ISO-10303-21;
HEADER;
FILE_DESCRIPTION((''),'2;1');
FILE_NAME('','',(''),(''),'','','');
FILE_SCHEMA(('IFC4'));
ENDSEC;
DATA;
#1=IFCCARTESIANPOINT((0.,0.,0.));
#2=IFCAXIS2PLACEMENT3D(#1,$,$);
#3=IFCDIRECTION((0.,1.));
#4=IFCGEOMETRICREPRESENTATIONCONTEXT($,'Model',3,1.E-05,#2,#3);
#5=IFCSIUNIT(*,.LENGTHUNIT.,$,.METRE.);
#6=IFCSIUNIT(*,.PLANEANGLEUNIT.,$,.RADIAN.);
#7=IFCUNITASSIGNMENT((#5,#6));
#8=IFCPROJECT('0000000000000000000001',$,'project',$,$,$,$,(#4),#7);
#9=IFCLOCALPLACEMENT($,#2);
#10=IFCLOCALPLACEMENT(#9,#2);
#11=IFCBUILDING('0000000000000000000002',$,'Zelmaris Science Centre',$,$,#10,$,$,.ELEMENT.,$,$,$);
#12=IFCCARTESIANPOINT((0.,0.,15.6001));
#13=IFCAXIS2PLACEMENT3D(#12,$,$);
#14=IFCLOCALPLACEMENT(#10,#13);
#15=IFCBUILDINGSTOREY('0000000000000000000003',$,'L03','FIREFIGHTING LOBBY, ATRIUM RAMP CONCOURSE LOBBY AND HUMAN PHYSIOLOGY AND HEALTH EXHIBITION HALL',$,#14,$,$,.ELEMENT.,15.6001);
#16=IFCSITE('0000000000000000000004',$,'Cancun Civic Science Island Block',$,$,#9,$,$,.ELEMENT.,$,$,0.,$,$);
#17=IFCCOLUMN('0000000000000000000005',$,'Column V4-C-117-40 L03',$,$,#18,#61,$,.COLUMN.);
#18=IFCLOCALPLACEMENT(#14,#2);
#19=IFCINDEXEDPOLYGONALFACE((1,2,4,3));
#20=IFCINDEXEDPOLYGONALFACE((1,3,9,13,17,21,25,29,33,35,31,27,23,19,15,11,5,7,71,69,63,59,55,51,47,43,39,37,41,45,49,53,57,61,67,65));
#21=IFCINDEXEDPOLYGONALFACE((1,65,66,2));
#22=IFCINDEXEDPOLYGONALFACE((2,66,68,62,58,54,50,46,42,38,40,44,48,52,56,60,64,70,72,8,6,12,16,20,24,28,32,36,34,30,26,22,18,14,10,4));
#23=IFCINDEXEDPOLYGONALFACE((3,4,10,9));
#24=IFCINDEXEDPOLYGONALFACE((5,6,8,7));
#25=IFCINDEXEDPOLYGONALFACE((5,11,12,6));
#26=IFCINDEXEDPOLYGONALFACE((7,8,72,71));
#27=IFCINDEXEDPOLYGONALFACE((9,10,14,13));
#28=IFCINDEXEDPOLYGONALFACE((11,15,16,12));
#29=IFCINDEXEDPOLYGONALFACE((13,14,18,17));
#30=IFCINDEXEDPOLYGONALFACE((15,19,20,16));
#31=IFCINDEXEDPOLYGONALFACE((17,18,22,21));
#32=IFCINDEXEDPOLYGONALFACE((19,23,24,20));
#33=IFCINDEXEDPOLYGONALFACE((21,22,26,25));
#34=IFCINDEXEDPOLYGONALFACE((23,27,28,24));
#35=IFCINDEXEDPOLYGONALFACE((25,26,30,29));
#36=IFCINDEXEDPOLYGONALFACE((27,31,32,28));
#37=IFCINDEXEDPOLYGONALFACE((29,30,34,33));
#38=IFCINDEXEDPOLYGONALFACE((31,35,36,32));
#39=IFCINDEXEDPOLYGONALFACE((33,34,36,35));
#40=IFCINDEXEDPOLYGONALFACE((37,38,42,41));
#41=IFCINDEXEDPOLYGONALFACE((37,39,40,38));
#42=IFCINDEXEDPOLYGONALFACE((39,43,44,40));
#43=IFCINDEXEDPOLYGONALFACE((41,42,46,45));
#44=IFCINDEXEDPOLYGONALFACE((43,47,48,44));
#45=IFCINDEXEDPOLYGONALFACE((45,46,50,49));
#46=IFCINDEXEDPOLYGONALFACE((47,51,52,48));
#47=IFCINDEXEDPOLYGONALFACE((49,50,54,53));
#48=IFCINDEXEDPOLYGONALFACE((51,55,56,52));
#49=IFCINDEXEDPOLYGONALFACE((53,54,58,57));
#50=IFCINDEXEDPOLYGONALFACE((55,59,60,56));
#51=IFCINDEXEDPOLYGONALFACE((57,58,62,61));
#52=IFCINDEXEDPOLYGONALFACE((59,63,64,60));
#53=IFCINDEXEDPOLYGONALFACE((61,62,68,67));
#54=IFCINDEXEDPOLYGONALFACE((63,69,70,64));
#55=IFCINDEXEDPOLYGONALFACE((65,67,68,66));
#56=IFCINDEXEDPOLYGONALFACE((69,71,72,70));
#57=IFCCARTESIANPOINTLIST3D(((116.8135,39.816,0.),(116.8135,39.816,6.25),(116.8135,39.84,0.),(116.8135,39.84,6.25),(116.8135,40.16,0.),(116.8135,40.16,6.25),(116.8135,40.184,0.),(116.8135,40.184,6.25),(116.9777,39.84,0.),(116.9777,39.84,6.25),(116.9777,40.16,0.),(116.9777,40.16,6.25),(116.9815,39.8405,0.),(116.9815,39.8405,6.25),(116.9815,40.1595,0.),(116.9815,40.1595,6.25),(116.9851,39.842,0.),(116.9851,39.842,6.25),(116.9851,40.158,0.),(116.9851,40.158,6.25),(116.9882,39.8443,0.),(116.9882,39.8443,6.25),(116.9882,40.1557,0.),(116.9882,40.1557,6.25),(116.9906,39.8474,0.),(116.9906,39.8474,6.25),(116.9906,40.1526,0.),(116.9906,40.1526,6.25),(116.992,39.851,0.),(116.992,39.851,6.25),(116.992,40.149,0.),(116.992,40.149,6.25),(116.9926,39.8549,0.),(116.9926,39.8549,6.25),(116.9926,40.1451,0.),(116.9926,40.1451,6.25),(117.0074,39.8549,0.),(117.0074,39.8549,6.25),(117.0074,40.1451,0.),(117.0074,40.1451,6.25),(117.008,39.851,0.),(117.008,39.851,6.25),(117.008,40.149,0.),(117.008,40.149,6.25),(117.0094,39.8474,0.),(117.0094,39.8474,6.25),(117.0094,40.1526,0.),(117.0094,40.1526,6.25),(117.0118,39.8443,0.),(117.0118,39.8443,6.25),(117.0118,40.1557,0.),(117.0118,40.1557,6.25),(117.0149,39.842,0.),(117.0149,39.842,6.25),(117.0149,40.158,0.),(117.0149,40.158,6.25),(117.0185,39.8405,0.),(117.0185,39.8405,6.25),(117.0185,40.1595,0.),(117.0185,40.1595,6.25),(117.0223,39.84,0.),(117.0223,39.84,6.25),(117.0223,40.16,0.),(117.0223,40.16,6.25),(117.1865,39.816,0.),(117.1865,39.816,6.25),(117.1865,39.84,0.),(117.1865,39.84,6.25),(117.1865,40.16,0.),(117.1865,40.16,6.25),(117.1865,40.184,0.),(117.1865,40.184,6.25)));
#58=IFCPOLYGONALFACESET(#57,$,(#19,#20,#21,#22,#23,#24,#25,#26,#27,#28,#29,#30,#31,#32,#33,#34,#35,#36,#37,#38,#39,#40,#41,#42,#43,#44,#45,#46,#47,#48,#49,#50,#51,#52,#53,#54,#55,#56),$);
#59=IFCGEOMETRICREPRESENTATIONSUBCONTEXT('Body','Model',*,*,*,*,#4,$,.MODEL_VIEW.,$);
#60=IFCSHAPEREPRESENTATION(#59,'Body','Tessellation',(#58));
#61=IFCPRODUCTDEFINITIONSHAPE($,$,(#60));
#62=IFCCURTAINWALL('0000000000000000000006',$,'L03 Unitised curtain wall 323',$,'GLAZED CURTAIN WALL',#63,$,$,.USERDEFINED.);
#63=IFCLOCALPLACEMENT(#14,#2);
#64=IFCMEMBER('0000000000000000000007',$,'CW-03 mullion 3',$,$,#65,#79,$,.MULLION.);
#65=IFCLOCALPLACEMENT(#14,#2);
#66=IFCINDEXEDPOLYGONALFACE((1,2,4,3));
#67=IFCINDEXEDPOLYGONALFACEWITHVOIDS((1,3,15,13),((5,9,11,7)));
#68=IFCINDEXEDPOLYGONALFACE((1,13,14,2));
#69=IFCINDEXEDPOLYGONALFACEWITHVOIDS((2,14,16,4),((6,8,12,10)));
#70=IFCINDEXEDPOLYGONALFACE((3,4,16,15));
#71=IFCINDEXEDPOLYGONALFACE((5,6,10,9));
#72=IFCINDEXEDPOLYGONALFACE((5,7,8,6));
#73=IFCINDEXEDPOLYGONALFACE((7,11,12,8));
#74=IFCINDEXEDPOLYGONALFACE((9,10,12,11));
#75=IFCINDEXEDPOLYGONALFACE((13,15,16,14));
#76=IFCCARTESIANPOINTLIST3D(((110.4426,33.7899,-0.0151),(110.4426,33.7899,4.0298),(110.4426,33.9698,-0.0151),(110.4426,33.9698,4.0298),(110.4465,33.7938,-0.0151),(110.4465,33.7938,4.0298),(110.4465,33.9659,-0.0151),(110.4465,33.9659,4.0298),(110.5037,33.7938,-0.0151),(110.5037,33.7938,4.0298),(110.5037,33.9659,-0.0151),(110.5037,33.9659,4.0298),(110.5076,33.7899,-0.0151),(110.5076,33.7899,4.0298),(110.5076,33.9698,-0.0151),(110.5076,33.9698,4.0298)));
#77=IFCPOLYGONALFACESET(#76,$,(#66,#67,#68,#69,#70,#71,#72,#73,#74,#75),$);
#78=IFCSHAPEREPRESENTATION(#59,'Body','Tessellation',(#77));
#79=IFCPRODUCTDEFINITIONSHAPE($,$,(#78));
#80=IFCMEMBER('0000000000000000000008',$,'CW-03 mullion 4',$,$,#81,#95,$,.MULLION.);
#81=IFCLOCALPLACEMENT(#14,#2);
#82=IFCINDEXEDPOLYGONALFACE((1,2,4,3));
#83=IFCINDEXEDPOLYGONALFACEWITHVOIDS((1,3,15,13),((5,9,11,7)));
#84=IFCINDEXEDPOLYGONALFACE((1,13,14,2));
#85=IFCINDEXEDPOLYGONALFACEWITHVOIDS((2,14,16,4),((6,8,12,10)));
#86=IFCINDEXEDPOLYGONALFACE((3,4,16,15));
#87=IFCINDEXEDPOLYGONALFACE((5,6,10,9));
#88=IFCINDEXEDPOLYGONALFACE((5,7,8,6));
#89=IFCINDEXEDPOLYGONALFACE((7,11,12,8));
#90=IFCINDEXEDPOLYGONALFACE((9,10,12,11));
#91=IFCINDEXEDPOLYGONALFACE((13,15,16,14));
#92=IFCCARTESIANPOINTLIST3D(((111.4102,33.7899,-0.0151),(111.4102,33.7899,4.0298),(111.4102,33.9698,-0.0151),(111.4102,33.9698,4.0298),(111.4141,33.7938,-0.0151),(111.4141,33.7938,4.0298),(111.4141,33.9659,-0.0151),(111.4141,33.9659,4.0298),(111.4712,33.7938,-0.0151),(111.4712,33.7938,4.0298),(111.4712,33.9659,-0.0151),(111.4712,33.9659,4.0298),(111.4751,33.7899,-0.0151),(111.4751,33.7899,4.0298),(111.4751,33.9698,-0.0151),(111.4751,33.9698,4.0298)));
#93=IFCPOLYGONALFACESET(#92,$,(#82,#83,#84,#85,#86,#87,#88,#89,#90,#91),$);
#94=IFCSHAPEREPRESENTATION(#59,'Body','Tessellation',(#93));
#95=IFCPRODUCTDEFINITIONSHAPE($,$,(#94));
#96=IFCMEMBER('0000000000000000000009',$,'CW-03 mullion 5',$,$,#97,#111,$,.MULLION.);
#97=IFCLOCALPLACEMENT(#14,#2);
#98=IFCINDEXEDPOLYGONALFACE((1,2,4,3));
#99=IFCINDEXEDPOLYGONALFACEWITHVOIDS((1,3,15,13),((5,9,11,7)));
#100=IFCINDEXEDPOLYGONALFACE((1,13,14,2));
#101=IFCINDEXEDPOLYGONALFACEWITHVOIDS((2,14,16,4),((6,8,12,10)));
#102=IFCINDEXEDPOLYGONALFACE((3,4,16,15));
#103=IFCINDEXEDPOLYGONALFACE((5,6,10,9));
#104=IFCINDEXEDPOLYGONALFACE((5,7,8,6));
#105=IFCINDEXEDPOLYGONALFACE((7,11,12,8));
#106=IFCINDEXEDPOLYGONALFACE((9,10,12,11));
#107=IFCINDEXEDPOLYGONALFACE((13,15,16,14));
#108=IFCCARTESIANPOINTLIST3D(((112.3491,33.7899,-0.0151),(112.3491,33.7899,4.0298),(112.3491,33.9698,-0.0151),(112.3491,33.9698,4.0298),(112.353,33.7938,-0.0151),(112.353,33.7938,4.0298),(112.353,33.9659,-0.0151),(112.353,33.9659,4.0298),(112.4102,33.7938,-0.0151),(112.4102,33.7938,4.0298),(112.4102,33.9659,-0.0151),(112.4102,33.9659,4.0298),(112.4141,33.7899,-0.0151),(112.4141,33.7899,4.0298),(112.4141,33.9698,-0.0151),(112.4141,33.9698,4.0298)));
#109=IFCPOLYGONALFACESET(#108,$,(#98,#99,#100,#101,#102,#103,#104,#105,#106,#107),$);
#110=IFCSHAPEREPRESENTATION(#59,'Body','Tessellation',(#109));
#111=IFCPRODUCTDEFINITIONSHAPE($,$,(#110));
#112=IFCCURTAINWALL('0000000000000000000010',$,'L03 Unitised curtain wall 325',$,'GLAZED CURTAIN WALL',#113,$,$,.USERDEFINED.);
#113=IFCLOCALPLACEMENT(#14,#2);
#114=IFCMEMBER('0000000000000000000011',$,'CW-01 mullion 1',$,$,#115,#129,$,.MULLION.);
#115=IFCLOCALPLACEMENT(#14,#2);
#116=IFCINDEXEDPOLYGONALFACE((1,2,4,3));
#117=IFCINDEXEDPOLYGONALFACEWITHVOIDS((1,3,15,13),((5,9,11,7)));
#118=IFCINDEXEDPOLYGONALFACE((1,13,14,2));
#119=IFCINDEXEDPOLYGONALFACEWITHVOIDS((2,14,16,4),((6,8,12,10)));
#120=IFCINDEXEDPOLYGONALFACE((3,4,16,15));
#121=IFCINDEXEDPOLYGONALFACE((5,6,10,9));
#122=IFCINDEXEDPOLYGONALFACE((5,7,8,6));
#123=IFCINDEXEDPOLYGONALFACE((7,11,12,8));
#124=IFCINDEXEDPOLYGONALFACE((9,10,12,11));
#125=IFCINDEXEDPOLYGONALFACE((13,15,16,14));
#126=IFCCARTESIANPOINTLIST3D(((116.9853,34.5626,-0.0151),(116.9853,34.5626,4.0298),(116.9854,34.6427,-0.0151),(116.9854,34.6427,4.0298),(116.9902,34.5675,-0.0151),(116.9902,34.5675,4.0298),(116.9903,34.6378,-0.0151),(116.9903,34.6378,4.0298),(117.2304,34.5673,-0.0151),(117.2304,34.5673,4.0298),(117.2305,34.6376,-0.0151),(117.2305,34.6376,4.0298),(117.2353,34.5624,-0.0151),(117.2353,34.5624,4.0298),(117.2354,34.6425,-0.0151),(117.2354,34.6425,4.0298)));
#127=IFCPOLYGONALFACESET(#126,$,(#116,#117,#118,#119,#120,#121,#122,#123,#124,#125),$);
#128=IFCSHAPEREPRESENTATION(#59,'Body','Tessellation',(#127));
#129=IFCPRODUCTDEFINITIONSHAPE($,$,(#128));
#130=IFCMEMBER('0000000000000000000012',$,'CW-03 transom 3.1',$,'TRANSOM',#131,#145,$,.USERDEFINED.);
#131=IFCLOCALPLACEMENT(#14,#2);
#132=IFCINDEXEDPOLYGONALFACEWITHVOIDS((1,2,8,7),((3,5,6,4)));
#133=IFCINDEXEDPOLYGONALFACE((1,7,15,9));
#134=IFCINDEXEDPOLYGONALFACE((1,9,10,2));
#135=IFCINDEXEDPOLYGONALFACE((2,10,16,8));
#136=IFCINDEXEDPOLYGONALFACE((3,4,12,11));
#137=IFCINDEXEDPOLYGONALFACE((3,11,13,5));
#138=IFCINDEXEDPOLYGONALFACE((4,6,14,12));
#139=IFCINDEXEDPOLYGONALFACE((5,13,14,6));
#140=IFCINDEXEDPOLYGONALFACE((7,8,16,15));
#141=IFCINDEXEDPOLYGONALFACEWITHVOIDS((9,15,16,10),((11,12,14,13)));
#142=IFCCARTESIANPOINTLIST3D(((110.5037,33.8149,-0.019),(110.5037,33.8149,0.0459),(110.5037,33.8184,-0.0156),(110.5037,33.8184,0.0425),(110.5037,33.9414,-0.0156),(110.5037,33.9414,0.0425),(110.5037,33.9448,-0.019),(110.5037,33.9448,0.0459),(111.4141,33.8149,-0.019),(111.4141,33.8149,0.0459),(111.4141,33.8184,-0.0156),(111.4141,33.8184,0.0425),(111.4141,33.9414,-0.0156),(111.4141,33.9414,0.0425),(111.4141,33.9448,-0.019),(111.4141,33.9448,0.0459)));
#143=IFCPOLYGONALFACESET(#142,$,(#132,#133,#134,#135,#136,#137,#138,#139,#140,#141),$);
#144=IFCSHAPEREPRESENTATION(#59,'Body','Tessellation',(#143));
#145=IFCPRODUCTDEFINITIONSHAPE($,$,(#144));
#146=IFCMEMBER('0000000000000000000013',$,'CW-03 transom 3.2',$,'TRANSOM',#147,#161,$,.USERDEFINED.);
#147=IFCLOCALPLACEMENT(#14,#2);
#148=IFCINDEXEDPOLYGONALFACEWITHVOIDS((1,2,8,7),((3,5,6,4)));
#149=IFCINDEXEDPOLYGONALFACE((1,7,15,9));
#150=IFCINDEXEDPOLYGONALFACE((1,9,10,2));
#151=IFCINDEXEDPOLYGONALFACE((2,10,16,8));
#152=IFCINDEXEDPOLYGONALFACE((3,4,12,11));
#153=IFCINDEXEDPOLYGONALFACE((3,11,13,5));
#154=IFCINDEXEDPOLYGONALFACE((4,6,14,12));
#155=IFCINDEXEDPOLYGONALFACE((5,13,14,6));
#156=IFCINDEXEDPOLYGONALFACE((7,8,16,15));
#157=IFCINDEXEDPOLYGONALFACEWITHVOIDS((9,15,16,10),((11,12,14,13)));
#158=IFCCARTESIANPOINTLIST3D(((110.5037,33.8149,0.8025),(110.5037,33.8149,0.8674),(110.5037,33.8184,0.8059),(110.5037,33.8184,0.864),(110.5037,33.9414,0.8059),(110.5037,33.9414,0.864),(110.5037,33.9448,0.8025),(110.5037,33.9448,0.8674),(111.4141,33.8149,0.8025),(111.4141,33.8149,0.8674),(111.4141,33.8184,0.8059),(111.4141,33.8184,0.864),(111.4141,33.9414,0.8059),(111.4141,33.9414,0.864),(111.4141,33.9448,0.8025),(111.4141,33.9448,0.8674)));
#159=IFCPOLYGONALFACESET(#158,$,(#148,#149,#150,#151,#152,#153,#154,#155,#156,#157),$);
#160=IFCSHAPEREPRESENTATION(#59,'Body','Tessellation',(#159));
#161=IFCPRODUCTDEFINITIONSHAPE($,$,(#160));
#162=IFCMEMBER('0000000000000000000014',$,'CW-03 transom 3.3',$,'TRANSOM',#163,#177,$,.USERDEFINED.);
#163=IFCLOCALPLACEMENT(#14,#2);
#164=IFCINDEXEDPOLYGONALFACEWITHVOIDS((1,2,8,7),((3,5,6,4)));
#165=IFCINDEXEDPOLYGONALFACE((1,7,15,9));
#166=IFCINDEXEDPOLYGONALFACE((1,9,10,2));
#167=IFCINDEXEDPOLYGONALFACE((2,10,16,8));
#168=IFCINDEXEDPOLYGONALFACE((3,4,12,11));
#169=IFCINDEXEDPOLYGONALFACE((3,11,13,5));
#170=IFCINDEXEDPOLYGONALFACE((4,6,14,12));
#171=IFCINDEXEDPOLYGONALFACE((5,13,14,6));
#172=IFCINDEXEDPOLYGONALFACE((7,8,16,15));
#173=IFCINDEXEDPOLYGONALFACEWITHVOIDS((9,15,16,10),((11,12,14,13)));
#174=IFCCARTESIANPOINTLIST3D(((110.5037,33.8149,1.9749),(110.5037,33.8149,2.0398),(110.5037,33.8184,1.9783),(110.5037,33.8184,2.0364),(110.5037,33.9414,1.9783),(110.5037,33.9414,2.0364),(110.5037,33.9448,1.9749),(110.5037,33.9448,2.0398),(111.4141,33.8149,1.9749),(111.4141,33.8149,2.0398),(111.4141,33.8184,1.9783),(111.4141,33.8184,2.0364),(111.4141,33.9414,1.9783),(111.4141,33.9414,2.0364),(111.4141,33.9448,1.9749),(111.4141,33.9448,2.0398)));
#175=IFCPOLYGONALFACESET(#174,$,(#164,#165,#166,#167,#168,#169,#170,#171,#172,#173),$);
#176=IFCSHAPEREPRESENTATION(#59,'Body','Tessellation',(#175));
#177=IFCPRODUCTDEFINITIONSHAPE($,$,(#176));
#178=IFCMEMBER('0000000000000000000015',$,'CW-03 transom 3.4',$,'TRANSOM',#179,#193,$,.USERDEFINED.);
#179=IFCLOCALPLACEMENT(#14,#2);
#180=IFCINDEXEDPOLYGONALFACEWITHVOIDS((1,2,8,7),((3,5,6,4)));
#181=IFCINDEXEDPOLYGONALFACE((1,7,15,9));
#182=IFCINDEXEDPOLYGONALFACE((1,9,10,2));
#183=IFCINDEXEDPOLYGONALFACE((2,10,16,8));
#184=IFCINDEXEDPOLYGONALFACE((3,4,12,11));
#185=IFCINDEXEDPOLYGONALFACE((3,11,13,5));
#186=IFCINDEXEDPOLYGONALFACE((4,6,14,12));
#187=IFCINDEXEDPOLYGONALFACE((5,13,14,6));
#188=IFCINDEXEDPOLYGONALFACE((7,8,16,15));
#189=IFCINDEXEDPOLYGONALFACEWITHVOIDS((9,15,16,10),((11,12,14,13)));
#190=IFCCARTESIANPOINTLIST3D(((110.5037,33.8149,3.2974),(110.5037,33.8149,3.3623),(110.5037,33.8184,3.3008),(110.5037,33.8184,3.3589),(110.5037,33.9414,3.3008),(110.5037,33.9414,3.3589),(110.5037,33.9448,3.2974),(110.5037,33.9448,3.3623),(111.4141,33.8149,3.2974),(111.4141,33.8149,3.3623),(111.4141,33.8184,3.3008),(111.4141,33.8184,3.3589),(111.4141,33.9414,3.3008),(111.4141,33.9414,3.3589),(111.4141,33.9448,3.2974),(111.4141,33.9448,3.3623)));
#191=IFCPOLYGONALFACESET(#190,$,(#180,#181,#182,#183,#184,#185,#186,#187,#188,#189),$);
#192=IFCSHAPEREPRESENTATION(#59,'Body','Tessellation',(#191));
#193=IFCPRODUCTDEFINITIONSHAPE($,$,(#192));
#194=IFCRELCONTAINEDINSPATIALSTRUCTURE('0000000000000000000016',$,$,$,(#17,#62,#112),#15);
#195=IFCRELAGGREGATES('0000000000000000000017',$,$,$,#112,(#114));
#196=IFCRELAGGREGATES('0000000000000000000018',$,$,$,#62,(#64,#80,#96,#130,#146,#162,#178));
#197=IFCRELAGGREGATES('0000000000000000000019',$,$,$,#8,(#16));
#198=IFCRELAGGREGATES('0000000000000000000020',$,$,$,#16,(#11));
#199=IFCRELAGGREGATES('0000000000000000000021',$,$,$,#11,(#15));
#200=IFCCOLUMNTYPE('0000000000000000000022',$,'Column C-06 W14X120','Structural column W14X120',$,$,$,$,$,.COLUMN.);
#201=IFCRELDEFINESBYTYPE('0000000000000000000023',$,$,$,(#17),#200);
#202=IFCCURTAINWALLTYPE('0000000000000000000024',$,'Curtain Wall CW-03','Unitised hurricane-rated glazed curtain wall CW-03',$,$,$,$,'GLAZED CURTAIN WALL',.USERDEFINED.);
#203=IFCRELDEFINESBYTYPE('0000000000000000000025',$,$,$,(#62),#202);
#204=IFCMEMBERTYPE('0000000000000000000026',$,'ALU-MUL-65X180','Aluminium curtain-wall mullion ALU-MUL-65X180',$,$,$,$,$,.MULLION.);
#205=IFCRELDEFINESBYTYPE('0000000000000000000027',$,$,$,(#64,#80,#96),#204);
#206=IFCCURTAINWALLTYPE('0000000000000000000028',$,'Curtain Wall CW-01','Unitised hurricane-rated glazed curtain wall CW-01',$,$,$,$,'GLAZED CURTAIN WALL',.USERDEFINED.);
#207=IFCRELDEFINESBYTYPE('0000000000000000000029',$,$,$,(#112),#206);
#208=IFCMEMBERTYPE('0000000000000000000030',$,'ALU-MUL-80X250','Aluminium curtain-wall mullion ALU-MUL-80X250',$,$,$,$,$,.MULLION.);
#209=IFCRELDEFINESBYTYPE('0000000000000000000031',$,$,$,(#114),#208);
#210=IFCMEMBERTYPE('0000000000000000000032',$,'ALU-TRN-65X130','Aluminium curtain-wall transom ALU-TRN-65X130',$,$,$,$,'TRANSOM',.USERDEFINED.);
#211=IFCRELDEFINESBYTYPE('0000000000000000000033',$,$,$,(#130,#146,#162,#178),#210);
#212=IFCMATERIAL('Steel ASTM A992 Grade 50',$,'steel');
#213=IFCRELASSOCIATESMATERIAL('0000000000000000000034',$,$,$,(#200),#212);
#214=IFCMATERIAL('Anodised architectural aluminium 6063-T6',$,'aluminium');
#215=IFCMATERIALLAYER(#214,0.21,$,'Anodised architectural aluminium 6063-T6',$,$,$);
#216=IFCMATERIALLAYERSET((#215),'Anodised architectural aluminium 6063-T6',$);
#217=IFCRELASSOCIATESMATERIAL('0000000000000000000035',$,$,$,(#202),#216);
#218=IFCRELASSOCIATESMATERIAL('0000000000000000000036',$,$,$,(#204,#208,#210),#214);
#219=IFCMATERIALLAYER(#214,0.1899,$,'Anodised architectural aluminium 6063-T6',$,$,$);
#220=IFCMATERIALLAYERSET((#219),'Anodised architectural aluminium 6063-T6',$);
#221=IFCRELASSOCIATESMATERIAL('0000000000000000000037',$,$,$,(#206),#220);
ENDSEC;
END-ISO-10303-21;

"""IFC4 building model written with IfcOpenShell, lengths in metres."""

from ifc_helpers import new_model, si_unit, direction, frame, origin, origin_2d, place, context, subcontext, project, spatial, hollow_rectangle, i_section, extrude, material, layer, layer_set, material_profile, profile_set, type_object, element, aggregate, save


model = new_model("IFC4")

# Units and contexts
model_context = context("Model", 3, precision=1e-05, world=origin(), true_north=direction((0.0, 1.0)))
body_context = subcontext(model_context, "Body", "Model", "MODEL_VIEW")
ifc_project = project(units=[si_unit("LENGTHUNIT", "METRE"), si_unit("PLANEANGLEUNIT", "RADIAN")], contexts=[model_context])

# Site, building, storey
site_placement = place(None, origin())
site = spatial("IfcSite", under=ifc_project, at=site_placement, Name="Cancun Civic Science Island Block", CompositionType="ELEMENT", RefElevation=0.0)
building_placement = place(site_placement, origin())
building = spatial("IfcBuilding", under=site, at=building_placement, Name="Zelmaris Science Centre", CompositionType="ELEMENT")
storey_placement = place(building_placement, frame((0.0, 0.0, 15.6001)))
storey = spatial("IfcBuildingStorey", under=building, at=storey_placement, Name="L03", Description="FIREFIGHTING LOBBY, ATRIUM RAMP CONCOURSE LOBBY AND HUMAN PHYSIOLOGY AND HEALTH EXHIBITION HALL", CompositionType="ELEMENT", Elevation=15.6001)

# Column
ifc_material_1 = material(Name="Steel ASTM A992 Grade 50", Category="steel")
ifc_material_profile_1 = material_profile(ifc_material_1, i_section(OverallWidth=0.373, OverallDepth=0.3679, WebThickness=0.0149, FlangeThickness=0.0239, FilletRadius=0.0149, at=origin_2d()), Name="W14X120")
ifc_profile_set_1 = profile_set([ifc_material_profile_1], Name="Steel ASTM A992 Grade 50")
column_type = type_object("IfcColumnType", Name="Column C-06 W14X120", Description="Structural column W14X120", PredefinedType="COLUMN", material=ifc_profile_set_1)
column_placement = place(storey_placement, frame((117.0, 40.0, 0.0), z_axis=(0.0, 0.0, 1.0), x_axis=(1.0, 0.0, 0.0)))
element("IfcColumn", 1, at=column_placement, inside=storey, type_object=column_type, Name="Column V4-C-117-40 L03", PredefinedType="COLUMN", context=body_context, shape_type="SweptSolid", body=[
    extrude(i_section(OverallWidth=0.373, OverallDepth=0.3679, WebThickness=0.0149, FlangeThickness=0.0239, FilletRadius=0.0149, at=origin_2d()), origin(), (0.0, 0.0, 1.0), 6.25),
])

# Curtain wall, members
ifc_material_2 = material(Name="Anodised architectural aluminium 6063-T6", Category="aluminium")
ifc_layer_1 = layer(ifc_material_2, 0.21, Name="Anodised architectural aluminium 6063-T6")
ifc_layer_set_1 = layer_set([ifc_layer_1], Name="Anodised architectural aluminium 6063-T6")
curtain_wall_type_1 = type_object("IfcCurtainWallType", Name="Curtain Wall CW-03", Description="Unitised hurricane-rated glazed curtain wall CW-03", ElementType="GLAZED CURTAIN WALL", PredefinedType="USERDEFINED", material=ifc_layer_set_1)
curtain_wall_1_placement = place(storey_placement, origin())
curtain_wall_1 = element("IfcCurtainWall", 2, at=curtain_wall_1_placement, inside=storey, type_object=curtain_wall_type_1, Name="L03 Unitised curtain wall 323", ObjectType="GLAZED CURTAIN WALL", PredefinedType="USERDEFINED")
ifc_material_profile_2 = material_profile(ifc_material_2, hollow_rectangle(XDim=0.0649, YDim=0.1799, WallThickness=0.0039, at=origin_2d()), Name="ALU-MUL-65X180")
ifc_profile_set_2 = profile_set([ifc_material_profile_2], Name="Anodised architectural aluminium 6063-T6")
member_type_1 = type_object("IfcMemberType", Name="ALU-MUL-65X180", Description="Aluminium curtain-wall mullion ALU-MUL-65X180", PredefinedType="MULLION", material=ifc_profile_set_2)
member_1_placement = place(storey_placement, frame((110.4751, 33.8799, -0.0151), z_axis=(0.0, 0.0, 1.0), x_axis=(1.0, 0.000007, 0.0)))
member_1 = element("IfcMember", 3, at=member_1_placement, type_object=member_type_1, Name="CW-03 mullion 3", PredefinedType="MULLION", context=body_context, shape_type="SweptSolid", body=[
    extrude(hollow_rectangle(XDim=0.0649, YDim=0.1799, WallThickness=0.0039, at=origin_2d()), origin(), (0.0, 0.0, 1.0), 4.0449),
])
member_2_placement = place(storey_placement, frame((111.4426, 33.8799, -0.0151), z_axis=(0.0, 0.0, 1.0), x_axis=(1.0, 0.000007, 0.0)))
member_2 = element("IfcMember", 4, at=member_2_placement, type_object=member_type_1, Name="CW-03 mullion 4", PredefinedType="MULLION", context=body_context, shape_type="SweptSolid", body=[
    extrude(hollow_rectangle(XDim=0.0649, YDim=0.1799, WallThickness=0.0039, at=origin_2d()), origin(), (0.0, 0.0, 1.0), 4.0449),
])
member_3_placement = place(storey_placement, frame((112.3816, 33.8799, -0.0151), z_axis=(0.0, 0.0, 1.0), x_axis=(1.0, 0.000007, 0.0)))
member_3 = element("IfcMember", 5, at=member_3_placement, type_object=member_type_1, Name="CW-03 mullion 5", PredefinedType="MULLION", context=body_context, shape_type="SweptSolid", body=[
    extrude(hollow_rectangle(XDim=0.0649, YDim=0.1799, WallThickness=0.0039, at=origin_2d()), origin(), (0.0, 0.0, 1.0), 4.0449),
])

# Curtain wall, member
ifc_layer_2 = layer(ifc_material_2, 0.1899, Name="Anodised architectural aluminium 6063-T6")
ifc_layer_set_2 = layer_set([ifc_layer_2], Name="Anodised architectural aluminium 6063-T6")
curtain_wall_type_2 = type_object("IfcCurtainWallType", Name="Curtain Wall CW-01", Description="Unitised hurricane-rated glazed curtain wall CW-01", ElementType="GLAZED CURTAIN WALL", PredefinedType="USERDEFINED", material=ifc_layer_set_2)
curtain_wall_2_placement = place(storey_placement, origin())
curtain_wall_2 = element("IfcCurtainWall", 6, at=curtain_wall_2_placement, inside=storey, type_object=curtain_wall_type_2, Name="L03 Unitised curtain wall 325", ObjectType="GLAZED CURTAIN WALL", PredefinedType="USERDEFINED")
ifc_material_profile_3 = material_profile(ifc_material_2, hollow_rectangle(XDim=0.0801, YDim=0.25, WallThickness=0.0049, at=origin_2d()), Name="ALU-MUL-80X250")
ifc_profile_set_3 = profile_set([ifc_material_profile_3], Name="Anodised architectural aluminium 6063-T6")
member_type_2 = type_object("IfcMemberType", Name="ALU-MUL-80X250", Description="Aluminium curtain-wall mullion ALU-MUL-80X250", PredefinedType="MULLION", material=ifc_profile_set_3)
member_4_placement = place(storey_placement, frame((117.1104, 34.6025, -0.0151), z_axis=(0.0, 0.0, 1.0), x_axis=(0.001019, 0.999999, 0.0)))
member_4 = element("IfcMember", 7, at=member_4_placement, type_object=member_type_2, Name="CW-01 mullion 1", PredefinedType="MULLION", context=body_context, shape_type="SweptSolid", body=[
    extrude(hollow_rectangle(XDim=0.0801, YDim=0.25, WallThickness=0.0049, at=origin_2d()), origin(), (0.0, 0.0, 1.0), 4.0449),
])

# Members
ifc_material_profile_4 = material_profile(ifc_material_2, hollow_rectangle(XDim=0.0649, YDim=0.1299, WallThickness=0.0034, at=origin_2d()), Name="ALU-TRN-65X130")
ifc_profile_set_4 = profile_set([ifc_material_profile_4], Name="Anodised architectural aluminium 6063-T6")
member_type_3 = type_object("IfcMemberType", Name="ALU-TRN-65X130", Description="Aluminium curtain-wall transom ALU-TRN-65X130", ElementType="TRANSOM", PredefinedType="USERDEFINED", material=ifc_profile_set_4)
member_5_placement = place(storey_placement, frame((110.5037, 33.8799, 0.0134), z_axis=(1.0, 0.0, 0.0), x_axis=(0.0, 0.0, 1.0)))
member_5 = element("IfcMember", 8, at=member_5_placement, type_object=member_type_3, Name="CW-03 transom 3.1", ObjectType="TRANSOM", PredefinedType="USERDEFINED", context=body_context, shape_type="SweptSolid", body=[
    extrude(hollow_rectangle(XDim=0.0649, YDim=0.1299, WallThickness=0.0034, at=origin_2d()), origin(), (0.0, 0.0, 1.0), 0.9104),
])
member_6_placement = place(storey_placement, frame((110.5037, 33.8799, 0.835), z_axis=(1.0, 0.0, 0.0), x_axis=(0.0, 0.0, 1.0)))
member_6 = element("IfcMember", 9, at=member_6_placement, type_object=member_type_3, Name="CW-03 transom 3.2", ObjectType="TRANSOM", PredefinedType="USERDEFINED", context=body_context, shape_type="SweptSolid", body=[
    extrude(hollow_rectangle(XDim=0.0649, YDim=0.1299, WallThickness=0.0034, at=origin_2d()), origin(), (0.0, 0.0, 1.0), 0.9104),
])
member_7_placement = place(storey_placement, frame((110.5037, 33.8799, 2.0073), z_axis=(1.0, 0.0, 0.0), x_axis=(0.0, 0.0, 1.0)))
member_7 = element("IfcMember", 10, at=member_7_placement, type_object=member_type_3, Name="CW-03 transom 3.3", ObjectType="TRANSOM", PredefinedType="USERDEFINED", context=body_context, shape_type="SweptSolid", body=[
    extrude(hollow_rectangle(XDim=0.0649, YDim=0.1299, WallThickness=0.0034, at=origin_2d()), origin(), (0.0, 0.0, 1.0), 0.9104),
])
member_8_placement = place(storey_placement, frame((110.5037, 33.8799, 3.3298), z_axis=(1.0, 0.0, 0.0), x_axis=(0.0, 0.0, 1.0)))
member_8 = element("IfcMember", 11, at=member_8_placement, type_object=member_type_3, Name="CW-03 transom 3.4", ObjectType="TRANSOM", PredefinedType="USERDEFINED", context=body_context, shape_type="SweptSolid", body=[
    extrude(hollow_rectangle(XDim=0.0649, YDim=0.1299, WallThickness=0.0034, at=origin_2d()), origin(), (0.0, 0.0, 1.0), 0.9104),
])

aggregate(curtain_wall_2, [member_4])
aggregate(curtain_wall_1, [member_1, member_2, member_3, member_5, member_6, member_7, member_8])

save(model, "model.ifc")
